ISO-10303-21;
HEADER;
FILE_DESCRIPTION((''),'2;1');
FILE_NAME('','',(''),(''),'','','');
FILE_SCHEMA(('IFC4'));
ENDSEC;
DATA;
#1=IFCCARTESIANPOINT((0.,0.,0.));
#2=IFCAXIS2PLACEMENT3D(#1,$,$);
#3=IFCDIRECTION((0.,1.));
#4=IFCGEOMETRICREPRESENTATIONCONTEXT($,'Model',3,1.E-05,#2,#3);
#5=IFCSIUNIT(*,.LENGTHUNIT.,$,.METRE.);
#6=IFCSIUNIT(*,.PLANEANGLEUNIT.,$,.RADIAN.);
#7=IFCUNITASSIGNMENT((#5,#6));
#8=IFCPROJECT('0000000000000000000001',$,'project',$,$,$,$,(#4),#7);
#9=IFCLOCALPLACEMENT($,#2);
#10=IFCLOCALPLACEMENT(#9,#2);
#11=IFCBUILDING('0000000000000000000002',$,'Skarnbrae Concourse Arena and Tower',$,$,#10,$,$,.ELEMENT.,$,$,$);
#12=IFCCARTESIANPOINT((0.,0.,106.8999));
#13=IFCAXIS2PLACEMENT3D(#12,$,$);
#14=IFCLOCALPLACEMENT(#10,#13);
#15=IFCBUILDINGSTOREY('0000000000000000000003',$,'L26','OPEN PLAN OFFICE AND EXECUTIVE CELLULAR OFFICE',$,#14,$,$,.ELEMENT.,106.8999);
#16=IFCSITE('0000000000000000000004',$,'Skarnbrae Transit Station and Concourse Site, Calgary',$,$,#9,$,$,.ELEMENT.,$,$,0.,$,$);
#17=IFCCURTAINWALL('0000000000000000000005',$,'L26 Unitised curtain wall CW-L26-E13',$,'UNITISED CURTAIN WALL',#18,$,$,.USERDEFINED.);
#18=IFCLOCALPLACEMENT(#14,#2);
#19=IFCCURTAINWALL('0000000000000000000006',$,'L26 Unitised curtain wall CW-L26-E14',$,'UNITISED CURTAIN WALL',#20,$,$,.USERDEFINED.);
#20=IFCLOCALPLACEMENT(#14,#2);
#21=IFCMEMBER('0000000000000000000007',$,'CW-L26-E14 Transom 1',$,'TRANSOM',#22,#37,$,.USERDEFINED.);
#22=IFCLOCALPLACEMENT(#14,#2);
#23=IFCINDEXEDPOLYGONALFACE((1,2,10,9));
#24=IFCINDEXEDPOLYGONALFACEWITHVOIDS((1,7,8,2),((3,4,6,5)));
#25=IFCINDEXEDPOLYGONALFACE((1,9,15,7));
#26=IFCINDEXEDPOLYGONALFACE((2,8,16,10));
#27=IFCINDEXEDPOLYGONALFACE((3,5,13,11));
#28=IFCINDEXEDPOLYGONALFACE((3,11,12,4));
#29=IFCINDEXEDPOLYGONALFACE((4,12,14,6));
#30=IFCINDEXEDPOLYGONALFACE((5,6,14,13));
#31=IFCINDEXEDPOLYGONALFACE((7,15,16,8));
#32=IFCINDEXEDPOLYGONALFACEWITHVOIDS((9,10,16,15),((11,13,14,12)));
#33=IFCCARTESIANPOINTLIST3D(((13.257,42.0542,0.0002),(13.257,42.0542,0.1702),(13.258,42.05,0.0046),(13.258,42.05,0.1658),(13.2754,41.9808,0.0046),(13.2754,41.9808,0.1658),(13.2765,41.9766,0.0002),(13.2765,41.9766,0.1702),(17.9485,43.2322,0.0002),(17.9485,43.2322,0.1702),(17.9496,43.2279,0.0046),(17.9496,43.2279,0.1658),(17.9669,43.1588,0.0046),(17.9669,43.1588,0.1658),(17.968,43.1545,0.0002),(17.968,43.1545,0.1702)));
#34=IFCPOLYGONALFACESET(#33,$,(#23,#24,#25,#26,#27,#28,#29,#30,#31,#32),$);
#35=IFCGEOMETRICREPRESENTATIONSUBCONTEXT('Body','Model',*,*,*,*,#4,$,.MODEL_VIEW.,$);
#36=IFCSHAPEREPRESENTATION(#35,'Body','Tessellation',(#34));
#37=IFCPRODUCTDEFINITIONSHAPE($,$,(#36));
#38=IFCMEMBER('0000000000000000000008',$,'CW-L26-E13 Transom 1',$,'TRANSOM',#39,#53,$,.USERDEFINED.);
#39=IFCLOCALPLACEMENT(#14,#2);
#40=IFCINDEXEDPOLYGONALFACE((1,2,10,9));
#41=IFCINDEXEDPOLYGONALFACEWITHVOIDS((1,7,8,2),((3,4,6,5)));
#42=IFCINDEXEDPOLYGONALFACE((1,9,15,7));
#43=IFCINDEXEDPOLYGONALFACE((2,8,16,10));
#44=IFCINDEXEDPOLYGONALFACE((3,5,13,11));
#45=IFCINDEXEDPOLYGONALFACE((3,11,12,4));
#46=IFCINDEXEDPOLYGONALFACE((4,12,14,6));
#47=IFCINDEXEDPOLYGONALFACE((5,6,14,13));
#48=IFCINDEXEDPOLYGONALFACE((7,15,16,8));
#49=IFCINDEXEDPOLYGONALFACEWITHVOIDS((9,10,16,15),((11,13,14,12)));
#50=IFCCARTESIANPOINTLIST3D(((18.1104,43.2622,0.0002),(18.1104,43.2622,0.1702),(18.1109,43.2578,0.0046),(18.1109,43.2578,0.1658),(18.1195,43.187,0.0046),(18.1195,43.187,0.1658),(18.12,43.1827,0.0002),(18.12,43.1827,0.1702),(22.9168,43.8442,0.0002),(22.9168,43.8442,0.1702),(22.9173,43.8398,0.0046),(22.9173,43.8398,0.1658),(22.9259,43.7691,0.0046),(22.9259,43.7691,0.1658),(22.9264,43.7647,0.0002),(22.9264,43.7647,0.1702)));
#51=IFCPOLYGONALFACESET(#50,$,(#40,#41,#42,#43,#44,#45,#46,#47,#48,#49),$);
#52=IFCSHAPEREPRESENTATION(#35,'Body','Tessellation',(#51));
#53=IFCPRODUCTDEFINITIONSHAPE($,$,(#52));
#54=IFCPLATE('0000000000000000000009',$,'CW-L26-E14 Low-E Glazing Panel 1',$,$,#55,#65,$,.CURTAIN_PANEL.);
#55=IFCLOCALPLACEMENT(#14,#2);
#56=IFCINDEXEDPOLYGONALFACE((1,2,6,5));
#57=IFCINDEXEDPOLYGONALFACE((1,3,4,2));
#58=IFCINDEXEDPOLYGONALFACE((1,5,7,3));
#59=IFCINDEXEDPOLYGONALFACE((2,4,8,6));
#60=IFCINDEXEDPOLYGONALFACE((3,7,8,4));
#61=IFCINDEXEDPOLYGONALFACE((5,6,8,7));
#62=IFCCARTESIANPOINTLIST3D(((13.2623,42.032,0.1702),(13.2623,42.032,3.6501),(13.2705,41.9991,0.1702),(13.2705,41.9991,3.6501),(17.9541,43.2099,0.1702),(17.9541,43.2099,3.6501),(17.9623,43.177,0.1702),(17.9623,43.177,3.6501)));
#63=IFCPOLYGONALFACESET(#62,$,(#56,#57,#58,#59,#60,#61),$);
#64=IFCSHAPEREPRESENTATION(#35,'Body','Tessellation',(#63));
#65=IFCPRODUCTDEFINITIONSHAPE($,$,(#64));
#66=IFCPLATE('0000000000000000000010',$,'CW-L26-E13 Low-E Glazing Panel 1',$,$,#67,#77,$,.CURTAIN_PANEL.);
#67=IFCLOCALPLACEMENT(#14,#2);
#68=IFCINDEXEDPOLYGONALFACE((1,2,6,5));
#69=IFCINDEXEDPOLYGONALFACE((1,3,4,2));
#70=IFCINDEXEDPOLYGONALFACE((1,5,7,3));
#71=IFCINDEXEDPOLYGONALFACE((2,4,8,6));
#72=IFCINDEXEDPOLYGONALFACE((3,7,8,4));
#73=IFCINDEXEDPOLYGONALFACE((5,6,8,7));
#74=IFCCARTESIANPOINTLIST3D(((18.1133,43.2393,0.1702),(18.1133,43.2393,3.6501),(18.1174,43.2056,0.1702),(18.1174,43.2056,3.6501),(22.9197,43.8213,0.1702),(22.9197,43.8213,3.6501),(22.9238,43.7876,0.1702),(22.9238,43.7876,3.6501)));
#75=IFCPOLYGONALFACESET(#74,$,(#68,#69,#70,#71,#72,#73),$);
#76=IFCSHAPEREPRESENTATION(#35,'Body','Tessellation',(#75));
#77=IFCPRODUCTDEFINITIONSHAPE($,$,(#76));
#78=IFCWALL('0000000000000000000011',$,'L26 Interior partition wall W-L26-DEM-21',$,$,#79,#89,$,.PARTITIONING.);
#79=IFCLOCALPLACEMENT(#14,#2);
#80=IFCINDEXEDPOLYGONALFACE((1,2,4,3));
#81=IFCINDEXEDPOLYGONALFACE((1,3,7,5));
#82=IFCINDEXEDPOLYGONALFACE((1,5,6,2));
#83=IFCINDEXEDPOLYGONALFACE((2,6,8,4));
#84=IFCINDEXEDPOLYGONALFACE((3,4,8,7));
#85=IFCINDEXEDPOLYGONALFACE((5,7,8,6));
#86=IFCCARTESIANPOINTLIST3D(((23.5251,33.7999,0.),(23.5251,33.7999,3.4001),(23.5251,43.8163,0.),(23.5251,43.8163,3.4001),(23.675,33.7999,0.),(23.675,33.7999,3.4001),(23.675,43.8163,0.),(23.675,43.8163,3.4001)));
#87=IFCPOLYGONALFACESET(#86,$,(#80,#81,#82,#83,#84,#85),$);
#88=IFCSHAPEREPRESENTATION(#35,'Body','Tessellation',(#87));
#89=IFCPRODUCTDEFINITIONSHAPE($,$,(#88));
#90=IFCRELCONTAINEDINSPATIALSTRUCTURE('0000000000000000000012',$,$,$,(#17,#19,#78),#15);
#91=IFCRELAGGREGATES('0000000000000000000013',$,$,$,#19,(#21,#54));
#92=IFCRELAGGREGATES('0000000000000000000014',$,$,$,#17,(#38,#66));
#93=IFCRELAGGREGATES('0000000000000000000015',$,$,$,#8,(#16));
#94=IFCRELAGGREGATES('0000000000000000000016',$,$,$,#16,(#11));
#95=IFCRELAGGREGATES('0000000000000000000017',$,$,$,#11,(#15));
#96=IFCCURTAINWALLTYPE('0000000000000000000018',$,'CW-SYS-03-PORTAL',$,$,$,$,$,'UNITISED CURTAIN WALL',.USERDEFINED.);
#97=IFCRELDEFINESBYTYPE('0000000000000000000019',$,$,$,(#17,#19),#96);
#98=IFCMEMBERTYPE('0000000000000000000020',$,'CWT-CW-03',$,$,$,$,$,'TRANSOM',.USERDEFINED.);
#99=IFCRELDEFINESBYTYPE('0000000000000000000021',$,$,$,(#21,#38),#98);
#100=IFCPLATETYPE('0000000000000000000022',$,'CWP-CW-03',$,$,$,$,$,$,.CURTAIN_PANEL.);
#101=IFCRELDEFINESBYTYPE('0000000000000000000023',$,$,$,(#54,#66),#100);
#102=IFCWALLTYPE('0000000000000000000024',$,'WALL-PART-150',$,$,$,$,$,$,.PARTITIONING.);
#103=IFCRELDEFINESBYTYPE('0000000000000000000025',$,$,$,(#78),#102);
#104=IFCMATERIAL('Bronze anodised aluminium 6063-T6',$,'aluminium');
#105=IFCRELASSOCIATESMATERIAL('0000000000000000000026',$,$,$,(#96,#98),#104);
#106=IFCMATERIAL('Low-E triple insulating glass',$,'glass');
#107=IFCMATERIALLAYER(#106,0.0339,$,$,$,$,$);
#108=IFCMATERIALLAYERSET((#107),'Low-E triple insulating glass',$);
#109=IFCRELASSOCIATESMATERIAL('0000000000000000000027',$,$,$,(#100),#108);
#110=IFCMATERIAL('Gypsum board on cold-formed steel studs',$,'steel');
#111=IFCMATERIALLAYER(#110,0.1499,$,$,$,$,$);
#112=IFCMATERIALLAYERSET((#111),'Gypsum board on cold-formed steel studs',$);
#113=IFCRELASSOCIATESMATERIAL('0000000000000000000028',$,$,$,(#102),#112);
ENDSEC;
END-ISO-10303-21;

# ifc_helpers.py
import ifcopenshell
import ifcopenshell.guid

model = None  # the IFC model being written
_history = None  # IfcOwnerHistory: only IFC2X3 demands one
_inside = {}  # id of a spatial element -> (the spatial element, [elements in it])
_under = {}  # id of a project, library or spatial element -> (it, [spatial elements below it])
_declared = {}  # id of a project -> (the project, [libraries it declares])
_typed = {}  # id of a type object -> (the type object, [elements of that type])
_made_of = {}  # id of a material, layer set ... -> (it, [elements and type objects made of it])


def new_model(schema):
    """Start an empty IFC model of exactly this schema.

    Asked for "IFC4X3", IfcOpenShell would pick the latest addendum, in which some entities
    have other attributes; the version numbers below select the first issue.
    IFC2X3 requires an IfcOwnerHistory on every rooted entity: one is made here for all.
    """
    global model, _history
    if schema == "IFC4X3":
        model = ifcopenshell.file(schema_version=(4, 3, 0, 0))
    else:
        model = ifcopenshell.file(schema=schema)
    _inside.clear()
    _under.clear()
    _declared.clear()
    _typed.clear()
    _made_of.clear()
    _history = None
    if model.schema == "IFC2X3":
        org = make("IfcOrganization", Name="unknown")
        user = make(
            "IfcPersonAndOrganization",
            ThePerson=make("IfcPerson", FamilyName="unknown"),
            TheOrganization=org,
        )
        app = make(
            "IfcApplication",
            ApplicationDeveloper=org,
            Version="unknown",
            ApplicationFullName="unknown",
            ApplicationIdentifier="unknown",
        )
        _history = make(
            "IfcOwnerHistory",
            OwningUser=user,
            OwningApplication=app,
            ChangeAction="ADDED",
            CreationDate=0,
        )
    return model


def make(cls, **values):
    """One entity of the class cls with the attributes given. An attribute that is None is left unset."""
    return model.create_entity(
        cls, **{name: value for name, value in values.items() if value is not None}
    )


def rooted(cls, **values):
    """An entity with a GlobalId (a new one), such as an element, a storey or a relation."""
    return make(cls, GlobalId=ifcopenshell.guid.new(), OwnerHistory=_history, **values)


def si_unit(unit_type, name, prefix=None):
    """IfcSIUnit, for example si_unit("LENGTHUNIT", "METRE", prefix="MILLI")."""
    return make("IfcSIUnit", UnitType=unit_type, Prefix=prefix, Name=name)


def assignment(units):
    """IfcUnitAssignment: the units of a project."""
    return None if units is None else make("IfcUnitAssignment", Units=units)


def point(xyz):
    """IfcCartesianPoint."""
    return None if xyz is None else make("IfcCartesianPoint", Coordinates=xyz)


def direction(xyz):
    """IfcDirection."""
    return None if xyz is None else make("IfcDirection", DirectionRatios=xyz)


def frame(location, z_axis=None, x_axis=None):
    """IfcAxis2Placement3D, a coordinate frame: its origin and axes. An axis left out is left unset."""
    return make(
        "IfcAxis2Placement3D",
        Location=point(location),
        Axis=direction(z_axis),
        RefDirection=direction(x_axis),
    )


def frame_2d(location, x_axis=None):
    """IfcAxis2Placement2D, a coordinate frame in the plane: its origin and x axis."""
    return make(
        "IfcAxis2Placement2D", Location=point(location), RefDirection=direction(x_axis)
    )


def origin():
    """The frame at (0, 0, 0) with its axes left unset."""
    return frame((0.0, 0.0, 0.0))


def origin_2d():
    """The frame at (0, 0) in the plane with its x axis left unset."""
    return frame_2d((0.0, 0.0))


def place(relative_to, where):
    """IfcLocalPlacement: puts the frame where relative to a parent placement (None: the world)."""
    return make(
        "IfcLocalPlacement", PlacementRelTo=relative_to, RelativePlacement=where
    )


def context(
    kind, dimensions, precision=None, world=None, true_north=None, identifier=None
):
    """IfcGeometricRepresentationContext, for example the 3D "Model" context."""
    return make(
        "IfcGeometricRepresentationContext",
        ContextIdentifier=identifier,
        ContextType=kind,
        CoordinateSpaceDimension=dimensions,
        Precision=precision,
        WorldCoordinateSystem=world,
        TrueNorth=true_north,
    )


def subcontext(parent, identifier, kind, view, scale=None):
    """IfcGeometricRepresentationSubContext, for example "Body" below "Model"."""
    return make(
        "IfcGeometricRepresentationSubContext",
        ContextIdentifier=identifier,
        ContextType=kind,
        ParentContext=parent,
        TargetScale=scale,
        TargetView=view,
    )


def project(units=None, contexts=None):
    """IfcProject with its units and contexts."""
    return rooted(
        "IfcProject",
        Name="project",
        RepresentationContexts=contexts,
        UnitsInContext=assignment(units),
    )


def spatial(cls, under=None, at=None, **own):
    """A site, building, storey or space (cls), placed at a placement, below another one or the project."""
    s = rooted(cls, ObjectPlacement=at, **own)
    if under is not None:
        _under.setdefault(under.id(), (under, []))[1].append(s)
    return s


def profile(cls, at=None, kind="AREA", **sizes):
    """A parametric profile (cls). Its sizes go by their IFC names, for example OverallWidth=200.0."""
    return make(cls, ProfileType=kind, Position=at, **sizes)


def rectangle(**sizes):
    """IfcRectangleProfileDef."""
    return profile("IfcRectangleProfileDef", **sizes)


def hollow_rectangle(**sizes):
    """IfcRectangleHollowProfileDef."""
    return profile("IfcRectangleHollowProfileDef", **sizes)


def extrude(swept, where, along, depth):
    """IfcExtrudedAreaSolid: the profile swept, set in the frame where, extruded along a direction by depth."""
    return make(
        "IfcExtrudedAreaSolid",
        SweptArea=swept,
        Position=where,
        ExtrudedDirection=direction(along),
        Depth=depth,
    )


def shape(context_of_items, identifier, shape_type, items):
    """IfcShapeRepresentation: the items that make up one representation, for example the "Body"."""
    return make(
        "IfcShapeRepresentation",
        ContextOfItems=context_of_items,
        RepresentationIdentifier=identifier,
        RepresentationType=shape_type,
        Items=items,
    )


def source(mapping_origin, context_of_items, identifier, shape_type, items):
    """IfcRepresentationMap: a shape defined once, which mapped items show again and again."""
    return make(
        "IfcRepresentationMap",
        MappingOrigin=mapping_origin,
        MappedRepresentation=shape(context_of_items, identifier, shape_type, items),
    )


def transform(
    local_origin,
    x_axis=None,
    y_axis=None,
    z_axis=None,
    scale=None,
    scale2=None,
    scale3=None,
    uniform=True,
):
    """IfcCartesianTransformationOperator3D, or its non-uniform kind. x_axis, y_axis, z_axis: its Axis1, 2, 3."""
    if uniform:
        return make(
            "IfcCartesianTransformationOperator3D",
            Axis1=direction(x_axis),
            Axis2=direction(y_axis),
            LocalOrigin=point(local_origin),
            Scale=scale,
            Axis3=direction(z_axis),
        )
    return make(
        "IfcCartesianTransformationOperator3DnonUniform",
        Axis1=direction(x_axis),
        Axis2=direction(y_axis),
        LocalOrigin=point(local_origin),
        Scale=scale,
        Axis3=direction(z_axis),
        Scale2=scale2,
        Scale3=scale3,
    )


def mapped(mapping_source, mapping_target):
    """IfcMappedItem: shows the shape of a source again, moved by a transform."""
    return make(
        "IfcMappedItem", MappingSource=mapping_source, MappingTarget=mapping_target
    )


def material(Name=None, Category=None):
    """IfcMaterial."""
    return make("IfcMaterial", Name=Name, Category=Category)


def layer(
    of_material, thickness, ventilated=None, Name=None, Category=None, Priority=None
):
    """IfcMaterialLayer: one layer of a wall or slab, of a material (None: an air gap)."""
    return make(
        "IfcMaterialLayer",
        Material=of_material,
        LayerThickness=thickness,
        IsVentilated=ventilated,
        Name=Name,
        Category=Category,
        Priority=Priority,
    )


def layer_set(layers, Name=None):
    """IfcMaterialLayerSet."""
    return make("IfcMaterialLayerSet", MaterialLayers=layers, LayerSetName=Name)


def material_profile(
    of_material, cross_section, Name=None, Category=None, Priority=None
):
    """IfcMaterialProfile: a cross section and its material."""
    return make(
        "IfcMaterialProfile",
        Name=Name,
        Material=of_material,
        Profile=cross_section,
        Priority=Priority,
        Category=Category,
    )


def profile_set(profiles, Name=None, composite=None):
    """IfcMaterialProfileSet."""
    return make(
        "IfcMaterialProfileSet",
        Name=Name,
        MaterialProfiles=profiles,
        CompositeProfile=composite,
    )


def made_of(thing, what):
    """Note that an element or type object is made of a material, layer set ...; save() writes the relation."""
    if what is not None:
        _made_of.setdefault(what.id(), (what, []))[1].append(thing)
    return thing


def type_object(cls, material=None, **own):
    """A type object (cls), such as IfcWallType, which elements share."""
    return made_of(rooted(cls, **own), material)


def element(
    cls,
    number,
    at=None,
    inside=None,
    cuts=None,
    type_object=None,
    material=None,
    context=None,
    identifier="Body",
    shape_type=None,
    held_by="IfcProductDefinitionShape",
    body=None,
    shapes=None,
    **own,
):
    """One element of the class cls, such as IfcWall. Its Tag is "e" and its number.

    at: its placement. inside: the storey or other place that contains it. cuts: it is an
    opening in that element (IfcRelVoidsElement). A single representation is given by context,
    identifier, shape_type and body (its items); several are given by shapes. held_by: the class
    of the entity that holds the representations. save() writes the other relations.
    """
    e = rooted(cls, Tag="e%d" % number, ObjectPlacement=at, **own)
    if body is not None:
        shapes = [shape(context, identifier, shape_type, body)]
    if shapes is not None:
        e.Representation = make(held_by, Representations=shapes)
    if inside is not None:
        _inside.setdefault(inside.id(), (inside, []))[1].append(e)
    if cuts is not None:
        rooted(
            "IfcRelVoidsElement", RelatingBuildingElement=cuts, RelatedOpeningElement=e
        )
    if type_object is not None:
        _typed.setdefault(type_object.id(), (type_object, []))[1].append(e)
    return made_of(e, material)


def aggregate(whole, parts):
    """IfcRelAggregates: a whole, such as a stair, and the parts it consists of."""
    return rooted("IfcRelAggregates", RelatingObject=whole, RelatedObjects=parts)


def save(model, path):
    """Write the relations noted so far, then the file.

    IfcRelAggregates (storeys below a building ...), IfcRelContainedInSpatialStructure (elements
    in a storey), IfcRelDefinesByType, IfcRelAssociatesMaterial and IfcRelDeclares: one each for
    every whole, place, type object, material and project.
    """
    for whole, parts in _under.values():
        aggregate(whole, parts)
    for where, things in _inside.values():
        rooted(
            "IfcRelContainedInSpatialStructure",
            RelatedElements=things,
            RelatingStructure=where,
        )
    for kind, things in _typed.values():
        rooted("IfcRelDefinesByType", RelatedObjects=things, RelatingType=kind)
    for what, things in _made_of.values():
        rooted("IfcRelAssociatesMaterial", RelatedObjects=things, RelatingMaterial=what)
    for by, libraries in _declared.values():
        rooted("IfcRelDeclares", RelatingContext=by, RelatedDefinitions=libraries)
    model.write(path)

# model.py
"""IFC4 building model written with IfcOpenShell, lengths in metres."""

from ifc_helpers import new_model, si_unit, direction, frame, frame_2d, origin, origin_2d, place, context, subcontext, project, spatial, rectangle, hollow_rectangle, extrude, source, transform, mapped, material, layer, layer_set, material_profile, profile_set, type_object, element, aggregate, save


model = new_model("IFC4")

# Units and contexts
model_context = context("Model", 3, precision=1e-05, world=origin(), true_north=direction((0.0, 1.0)))
body_context = subcontext(model_context, "Body", "Model", "MODEL_VIEW")
ifc_project = project(units=[si_unit("LENGTHUNIT", "METRE"), si_unit("PLANEANGLEUNIT", "RADIAN")], contexts=[model_context])

# Site, building, storey
site_placement = place(None, origin())
site = spatial("IfcSite", under=ifc_project, at=site_placement, Name="Skarnbrae Transit Station and Concourse Site, Calgary", CompositionType="ELEMENT", RefElevation=0.0)
building_placement = place(site_placement, origin())
building = spatial("IfcBuilding", under=site, at=building_placement, Name="Skarnbrae Concourse Arena and Tower", CompositionType="ELEMENT")
storey_placement = place(building_placement, frame((0.0, 0.0, 106.8999)))
storey = spatial("IfcBuildingStorey", under=building, at=storey_placement, Name="L26", Description="OPEN PLAN OFFICE AND EXECUTIVE CELLULAR OFFICE", CompositionType="ELEMENT", Elevation=106.8999)

# Shared definitions
ifc_material_1 = material(Name="Bronze anodised aluminium 6063-T6", Category="aluminium")
curtain_wall_type = type_object("IfcCurtainWallType", Name="CW-SYS-03-PORTAL", ElementType="UNITISED CURTAIN WALL", PredefinedType="USERDEFINED", material=ifc_material_1)

# Curtain walls, member
curtain_wall_1_placement = place(storey_placement, origin())
curtain_wall_1 = element("IfcCurtainWall", 1, at=curtain_wall_1_placement, inside=storey, type_object=curtain_wall_type, Name="L26 Unitised curtain wall CW-L26-E13", ObjectType="UNITISED CURTAIN WALL", PredefinedType="USERDEFINED")
curtain_wall_2_placement = place(storey_placement, origin())
curtain_wall_2 = element("IfcCurtainWall", 2, at=curtain_wall_2_placement, inside=storey, type_object=curtain_wall_type, Name="L26 Unitised curtain wall CW-L26-E14", ObjectType="UNITISED CURTAIN WALL", PredefinedType="USERDEFINED")
ifc_material_profile_1 = material_profile(ifc_material_1, hollow_rectangle(XDim=0.0801, YDim=0.1699, WallThickness=0.0044, at=origin_2d()), Name="ALU-TRAN-80X170")
ifc_profile_set_1 = profile_set([ifc_material_profile_1], Name="Bronze anodised aluminium 6063-T6")
member_type_1 = type_object("IfcMemberType", Name="CWT-CW-03", ElementType="TRANSOM", PredefinedType="USERDEFINED", material=ifc_profile_set_1)
shared_shape_1 = source(origin(), body_context, "Body", "SweptSolid", [
    extrude(hollow_rectangle(XDim=0.0801, YDim=0.1699, WallThickness=0.0044, at=origin_2d()), origin(), (0.0, 0.0, 1.0), 4.8372),
])
member_1_placement = place(storey_placement, frame((17.9583, 43.1934, 0.0852), z_axis=(-0.969896, -0.243521, 0.0), x_axis=(0.243521, -0.969896, 0.0)))
member_1 = element("IfcMember", 3, at=member_1_placement, type_object=member_type_1, Name="CW-L26-E14 Transom 1", ObjectType="TRANSOM", PredefinedType="USERDEFINED", context=body_context, shape_type="MappedRepresentation", body=[
    mapped(shared_shape_1, transform((0.0, 0.0, 0.0))),
])

# Member
shared_shape_2 = source(origin(), body_context, "Body", "SweptSolid", [
    extrude(hollow_rectangle(XDim=0.0801, YDim=0.1699, WallThickness=0.0044, at=origin_2d()), origin(), (0.0, 0.0, 1.0), 4.8416),
])
member_2_placement = place(storey_placement, frame((22.9216, 43.8044, 0.0852), z_axis=(-0.992748, -0.120217, 0.0), x_axis=(0.120217, -0.992748, 0.0)))
member_2 = element("IfcMember", 4, at=member_2_placement, type_object=member_type_1, Name="CW-L26-E13 Transom 1", ObjectType="TRANSOM", PredefinedType="USERDEFINED", context=body_context, shape_type="MappedRepresentation", body=[
    mapped(shared_shape_2, transform((0.0, 0.0, 0.0))),
])

# Plates
ifc_material_2 = material(Name="Low-E triple insulating glass", Category="glass")
ifc_layer_1 = layer(ifc_material_2, 0.0339)
ifc_layer_set_1 = layer_set([ifc_layer_1], Name="Low-E triple insulating glass")
plate_type = type_object("IfcPlateType", Name="CWP-CW-03", PredefinedType="CURTAIN_PANEL", material=ifc_layer_set_1)
shared_shape_3 = source(origin(), body_context, "Body", "SweptSolid", [
    extrude(rectangle(XDim=4.8374, YDim=0.0339, at=origin_2d()), origin(), (0.0, 0.0, 1.0), 3.48),
])
plate_1_placement = place(storey_placement, frame((15.6123, 42.6045, 0.1702), z_axis=(0.0, 0.0, 1.0), x_axis=(-0.969903, -0.243491, 0.0)))
plate_1 = element("IfcPlate", 5, at=plate_1_placement, type_object=plate_type, Name="CW-L26-E14 Low-E Glazing Panel 1", PredefinedType="CURTAIN_PANEL", context=body_context, shape_type="MappedRepresentation", body=[
    mapped(shared_shape_3, transform((0.0, 0.0, 0.0))),
])
aggregate(curtain_wall_2, [member_1, plate_1])
shared_shape_4 = source(origin(), body_context, "Body", "SweptSolid", [
    extrude(rectangle(XDim=4.8416, YDim=0.0339, at=origin_2d()), origin(), (0.0, 0.0, 1.0), 3.48),
])
plate_2_placement = place(storey_placement, frame((20.5186, 43.5134, 0.1702), z_axis=(0.0, 0.0, 1.0), x_axis=(-0.992749, -0.120203, 0.0)))
plate_2 = element("IfcPlate", 6, at=plate_2_placement, type_object=plate_type, Name="CW-L26-E13 Low-E Glazing Panel 1", PredefinedType="CURTAIN_PANEL", context=body_context, shape_type="MappedRepresentation", body=[
    mapped(shared_shape_4, transform((0.0, 0.0, 0.0))),
])
aggregate(curtain_wall_1, [member_2, plate_2])

# Wall
ifc_material_3 = material(Name="Gypsum board on cold-formed steel studs", Category="steel")
ifc_layer_2 = layer(ifc_material_3, 0.1499)
ifc_layer_set_2 = layer_set([ifc_layer_2], Name="Gypsum board on cold-formed steel studs")
wall_type = type_object("IfcWallType", Name="WALL-PART-150", PredefinedType="PARTITIONING", material=ifc_layer_set_2)
shared_shape_5 = source(origin(), body_context, "Body", "SweptSolid", [
    extrude(rectangle(XDim=10.0164, YDim=0.1499, at=frame_2d((5.0083, 0.0))), origin(), (0.0, 0.0, 1.0), 3.4001),
])
wall_placement = place(storey_placement, frame((23.6001, 43.8164, 0.0), z_axis=(0.0, 0.0, 1.0), x_axis=(0.0, -1.0, 0.0)))
element("IfcWall", 7, at=wall_placement, inside=storey, type_object=wall_type, Name="L26 Interior partition wall W-L26-DEM-21", PredefinedType="PARTITIONING", context=body_context, shape_type="MappedRepresentation", body=[
    mapped(shared_shape_5, transform((0.0, 0.0, 0.0))),
])

save(model, "model.ifc")
